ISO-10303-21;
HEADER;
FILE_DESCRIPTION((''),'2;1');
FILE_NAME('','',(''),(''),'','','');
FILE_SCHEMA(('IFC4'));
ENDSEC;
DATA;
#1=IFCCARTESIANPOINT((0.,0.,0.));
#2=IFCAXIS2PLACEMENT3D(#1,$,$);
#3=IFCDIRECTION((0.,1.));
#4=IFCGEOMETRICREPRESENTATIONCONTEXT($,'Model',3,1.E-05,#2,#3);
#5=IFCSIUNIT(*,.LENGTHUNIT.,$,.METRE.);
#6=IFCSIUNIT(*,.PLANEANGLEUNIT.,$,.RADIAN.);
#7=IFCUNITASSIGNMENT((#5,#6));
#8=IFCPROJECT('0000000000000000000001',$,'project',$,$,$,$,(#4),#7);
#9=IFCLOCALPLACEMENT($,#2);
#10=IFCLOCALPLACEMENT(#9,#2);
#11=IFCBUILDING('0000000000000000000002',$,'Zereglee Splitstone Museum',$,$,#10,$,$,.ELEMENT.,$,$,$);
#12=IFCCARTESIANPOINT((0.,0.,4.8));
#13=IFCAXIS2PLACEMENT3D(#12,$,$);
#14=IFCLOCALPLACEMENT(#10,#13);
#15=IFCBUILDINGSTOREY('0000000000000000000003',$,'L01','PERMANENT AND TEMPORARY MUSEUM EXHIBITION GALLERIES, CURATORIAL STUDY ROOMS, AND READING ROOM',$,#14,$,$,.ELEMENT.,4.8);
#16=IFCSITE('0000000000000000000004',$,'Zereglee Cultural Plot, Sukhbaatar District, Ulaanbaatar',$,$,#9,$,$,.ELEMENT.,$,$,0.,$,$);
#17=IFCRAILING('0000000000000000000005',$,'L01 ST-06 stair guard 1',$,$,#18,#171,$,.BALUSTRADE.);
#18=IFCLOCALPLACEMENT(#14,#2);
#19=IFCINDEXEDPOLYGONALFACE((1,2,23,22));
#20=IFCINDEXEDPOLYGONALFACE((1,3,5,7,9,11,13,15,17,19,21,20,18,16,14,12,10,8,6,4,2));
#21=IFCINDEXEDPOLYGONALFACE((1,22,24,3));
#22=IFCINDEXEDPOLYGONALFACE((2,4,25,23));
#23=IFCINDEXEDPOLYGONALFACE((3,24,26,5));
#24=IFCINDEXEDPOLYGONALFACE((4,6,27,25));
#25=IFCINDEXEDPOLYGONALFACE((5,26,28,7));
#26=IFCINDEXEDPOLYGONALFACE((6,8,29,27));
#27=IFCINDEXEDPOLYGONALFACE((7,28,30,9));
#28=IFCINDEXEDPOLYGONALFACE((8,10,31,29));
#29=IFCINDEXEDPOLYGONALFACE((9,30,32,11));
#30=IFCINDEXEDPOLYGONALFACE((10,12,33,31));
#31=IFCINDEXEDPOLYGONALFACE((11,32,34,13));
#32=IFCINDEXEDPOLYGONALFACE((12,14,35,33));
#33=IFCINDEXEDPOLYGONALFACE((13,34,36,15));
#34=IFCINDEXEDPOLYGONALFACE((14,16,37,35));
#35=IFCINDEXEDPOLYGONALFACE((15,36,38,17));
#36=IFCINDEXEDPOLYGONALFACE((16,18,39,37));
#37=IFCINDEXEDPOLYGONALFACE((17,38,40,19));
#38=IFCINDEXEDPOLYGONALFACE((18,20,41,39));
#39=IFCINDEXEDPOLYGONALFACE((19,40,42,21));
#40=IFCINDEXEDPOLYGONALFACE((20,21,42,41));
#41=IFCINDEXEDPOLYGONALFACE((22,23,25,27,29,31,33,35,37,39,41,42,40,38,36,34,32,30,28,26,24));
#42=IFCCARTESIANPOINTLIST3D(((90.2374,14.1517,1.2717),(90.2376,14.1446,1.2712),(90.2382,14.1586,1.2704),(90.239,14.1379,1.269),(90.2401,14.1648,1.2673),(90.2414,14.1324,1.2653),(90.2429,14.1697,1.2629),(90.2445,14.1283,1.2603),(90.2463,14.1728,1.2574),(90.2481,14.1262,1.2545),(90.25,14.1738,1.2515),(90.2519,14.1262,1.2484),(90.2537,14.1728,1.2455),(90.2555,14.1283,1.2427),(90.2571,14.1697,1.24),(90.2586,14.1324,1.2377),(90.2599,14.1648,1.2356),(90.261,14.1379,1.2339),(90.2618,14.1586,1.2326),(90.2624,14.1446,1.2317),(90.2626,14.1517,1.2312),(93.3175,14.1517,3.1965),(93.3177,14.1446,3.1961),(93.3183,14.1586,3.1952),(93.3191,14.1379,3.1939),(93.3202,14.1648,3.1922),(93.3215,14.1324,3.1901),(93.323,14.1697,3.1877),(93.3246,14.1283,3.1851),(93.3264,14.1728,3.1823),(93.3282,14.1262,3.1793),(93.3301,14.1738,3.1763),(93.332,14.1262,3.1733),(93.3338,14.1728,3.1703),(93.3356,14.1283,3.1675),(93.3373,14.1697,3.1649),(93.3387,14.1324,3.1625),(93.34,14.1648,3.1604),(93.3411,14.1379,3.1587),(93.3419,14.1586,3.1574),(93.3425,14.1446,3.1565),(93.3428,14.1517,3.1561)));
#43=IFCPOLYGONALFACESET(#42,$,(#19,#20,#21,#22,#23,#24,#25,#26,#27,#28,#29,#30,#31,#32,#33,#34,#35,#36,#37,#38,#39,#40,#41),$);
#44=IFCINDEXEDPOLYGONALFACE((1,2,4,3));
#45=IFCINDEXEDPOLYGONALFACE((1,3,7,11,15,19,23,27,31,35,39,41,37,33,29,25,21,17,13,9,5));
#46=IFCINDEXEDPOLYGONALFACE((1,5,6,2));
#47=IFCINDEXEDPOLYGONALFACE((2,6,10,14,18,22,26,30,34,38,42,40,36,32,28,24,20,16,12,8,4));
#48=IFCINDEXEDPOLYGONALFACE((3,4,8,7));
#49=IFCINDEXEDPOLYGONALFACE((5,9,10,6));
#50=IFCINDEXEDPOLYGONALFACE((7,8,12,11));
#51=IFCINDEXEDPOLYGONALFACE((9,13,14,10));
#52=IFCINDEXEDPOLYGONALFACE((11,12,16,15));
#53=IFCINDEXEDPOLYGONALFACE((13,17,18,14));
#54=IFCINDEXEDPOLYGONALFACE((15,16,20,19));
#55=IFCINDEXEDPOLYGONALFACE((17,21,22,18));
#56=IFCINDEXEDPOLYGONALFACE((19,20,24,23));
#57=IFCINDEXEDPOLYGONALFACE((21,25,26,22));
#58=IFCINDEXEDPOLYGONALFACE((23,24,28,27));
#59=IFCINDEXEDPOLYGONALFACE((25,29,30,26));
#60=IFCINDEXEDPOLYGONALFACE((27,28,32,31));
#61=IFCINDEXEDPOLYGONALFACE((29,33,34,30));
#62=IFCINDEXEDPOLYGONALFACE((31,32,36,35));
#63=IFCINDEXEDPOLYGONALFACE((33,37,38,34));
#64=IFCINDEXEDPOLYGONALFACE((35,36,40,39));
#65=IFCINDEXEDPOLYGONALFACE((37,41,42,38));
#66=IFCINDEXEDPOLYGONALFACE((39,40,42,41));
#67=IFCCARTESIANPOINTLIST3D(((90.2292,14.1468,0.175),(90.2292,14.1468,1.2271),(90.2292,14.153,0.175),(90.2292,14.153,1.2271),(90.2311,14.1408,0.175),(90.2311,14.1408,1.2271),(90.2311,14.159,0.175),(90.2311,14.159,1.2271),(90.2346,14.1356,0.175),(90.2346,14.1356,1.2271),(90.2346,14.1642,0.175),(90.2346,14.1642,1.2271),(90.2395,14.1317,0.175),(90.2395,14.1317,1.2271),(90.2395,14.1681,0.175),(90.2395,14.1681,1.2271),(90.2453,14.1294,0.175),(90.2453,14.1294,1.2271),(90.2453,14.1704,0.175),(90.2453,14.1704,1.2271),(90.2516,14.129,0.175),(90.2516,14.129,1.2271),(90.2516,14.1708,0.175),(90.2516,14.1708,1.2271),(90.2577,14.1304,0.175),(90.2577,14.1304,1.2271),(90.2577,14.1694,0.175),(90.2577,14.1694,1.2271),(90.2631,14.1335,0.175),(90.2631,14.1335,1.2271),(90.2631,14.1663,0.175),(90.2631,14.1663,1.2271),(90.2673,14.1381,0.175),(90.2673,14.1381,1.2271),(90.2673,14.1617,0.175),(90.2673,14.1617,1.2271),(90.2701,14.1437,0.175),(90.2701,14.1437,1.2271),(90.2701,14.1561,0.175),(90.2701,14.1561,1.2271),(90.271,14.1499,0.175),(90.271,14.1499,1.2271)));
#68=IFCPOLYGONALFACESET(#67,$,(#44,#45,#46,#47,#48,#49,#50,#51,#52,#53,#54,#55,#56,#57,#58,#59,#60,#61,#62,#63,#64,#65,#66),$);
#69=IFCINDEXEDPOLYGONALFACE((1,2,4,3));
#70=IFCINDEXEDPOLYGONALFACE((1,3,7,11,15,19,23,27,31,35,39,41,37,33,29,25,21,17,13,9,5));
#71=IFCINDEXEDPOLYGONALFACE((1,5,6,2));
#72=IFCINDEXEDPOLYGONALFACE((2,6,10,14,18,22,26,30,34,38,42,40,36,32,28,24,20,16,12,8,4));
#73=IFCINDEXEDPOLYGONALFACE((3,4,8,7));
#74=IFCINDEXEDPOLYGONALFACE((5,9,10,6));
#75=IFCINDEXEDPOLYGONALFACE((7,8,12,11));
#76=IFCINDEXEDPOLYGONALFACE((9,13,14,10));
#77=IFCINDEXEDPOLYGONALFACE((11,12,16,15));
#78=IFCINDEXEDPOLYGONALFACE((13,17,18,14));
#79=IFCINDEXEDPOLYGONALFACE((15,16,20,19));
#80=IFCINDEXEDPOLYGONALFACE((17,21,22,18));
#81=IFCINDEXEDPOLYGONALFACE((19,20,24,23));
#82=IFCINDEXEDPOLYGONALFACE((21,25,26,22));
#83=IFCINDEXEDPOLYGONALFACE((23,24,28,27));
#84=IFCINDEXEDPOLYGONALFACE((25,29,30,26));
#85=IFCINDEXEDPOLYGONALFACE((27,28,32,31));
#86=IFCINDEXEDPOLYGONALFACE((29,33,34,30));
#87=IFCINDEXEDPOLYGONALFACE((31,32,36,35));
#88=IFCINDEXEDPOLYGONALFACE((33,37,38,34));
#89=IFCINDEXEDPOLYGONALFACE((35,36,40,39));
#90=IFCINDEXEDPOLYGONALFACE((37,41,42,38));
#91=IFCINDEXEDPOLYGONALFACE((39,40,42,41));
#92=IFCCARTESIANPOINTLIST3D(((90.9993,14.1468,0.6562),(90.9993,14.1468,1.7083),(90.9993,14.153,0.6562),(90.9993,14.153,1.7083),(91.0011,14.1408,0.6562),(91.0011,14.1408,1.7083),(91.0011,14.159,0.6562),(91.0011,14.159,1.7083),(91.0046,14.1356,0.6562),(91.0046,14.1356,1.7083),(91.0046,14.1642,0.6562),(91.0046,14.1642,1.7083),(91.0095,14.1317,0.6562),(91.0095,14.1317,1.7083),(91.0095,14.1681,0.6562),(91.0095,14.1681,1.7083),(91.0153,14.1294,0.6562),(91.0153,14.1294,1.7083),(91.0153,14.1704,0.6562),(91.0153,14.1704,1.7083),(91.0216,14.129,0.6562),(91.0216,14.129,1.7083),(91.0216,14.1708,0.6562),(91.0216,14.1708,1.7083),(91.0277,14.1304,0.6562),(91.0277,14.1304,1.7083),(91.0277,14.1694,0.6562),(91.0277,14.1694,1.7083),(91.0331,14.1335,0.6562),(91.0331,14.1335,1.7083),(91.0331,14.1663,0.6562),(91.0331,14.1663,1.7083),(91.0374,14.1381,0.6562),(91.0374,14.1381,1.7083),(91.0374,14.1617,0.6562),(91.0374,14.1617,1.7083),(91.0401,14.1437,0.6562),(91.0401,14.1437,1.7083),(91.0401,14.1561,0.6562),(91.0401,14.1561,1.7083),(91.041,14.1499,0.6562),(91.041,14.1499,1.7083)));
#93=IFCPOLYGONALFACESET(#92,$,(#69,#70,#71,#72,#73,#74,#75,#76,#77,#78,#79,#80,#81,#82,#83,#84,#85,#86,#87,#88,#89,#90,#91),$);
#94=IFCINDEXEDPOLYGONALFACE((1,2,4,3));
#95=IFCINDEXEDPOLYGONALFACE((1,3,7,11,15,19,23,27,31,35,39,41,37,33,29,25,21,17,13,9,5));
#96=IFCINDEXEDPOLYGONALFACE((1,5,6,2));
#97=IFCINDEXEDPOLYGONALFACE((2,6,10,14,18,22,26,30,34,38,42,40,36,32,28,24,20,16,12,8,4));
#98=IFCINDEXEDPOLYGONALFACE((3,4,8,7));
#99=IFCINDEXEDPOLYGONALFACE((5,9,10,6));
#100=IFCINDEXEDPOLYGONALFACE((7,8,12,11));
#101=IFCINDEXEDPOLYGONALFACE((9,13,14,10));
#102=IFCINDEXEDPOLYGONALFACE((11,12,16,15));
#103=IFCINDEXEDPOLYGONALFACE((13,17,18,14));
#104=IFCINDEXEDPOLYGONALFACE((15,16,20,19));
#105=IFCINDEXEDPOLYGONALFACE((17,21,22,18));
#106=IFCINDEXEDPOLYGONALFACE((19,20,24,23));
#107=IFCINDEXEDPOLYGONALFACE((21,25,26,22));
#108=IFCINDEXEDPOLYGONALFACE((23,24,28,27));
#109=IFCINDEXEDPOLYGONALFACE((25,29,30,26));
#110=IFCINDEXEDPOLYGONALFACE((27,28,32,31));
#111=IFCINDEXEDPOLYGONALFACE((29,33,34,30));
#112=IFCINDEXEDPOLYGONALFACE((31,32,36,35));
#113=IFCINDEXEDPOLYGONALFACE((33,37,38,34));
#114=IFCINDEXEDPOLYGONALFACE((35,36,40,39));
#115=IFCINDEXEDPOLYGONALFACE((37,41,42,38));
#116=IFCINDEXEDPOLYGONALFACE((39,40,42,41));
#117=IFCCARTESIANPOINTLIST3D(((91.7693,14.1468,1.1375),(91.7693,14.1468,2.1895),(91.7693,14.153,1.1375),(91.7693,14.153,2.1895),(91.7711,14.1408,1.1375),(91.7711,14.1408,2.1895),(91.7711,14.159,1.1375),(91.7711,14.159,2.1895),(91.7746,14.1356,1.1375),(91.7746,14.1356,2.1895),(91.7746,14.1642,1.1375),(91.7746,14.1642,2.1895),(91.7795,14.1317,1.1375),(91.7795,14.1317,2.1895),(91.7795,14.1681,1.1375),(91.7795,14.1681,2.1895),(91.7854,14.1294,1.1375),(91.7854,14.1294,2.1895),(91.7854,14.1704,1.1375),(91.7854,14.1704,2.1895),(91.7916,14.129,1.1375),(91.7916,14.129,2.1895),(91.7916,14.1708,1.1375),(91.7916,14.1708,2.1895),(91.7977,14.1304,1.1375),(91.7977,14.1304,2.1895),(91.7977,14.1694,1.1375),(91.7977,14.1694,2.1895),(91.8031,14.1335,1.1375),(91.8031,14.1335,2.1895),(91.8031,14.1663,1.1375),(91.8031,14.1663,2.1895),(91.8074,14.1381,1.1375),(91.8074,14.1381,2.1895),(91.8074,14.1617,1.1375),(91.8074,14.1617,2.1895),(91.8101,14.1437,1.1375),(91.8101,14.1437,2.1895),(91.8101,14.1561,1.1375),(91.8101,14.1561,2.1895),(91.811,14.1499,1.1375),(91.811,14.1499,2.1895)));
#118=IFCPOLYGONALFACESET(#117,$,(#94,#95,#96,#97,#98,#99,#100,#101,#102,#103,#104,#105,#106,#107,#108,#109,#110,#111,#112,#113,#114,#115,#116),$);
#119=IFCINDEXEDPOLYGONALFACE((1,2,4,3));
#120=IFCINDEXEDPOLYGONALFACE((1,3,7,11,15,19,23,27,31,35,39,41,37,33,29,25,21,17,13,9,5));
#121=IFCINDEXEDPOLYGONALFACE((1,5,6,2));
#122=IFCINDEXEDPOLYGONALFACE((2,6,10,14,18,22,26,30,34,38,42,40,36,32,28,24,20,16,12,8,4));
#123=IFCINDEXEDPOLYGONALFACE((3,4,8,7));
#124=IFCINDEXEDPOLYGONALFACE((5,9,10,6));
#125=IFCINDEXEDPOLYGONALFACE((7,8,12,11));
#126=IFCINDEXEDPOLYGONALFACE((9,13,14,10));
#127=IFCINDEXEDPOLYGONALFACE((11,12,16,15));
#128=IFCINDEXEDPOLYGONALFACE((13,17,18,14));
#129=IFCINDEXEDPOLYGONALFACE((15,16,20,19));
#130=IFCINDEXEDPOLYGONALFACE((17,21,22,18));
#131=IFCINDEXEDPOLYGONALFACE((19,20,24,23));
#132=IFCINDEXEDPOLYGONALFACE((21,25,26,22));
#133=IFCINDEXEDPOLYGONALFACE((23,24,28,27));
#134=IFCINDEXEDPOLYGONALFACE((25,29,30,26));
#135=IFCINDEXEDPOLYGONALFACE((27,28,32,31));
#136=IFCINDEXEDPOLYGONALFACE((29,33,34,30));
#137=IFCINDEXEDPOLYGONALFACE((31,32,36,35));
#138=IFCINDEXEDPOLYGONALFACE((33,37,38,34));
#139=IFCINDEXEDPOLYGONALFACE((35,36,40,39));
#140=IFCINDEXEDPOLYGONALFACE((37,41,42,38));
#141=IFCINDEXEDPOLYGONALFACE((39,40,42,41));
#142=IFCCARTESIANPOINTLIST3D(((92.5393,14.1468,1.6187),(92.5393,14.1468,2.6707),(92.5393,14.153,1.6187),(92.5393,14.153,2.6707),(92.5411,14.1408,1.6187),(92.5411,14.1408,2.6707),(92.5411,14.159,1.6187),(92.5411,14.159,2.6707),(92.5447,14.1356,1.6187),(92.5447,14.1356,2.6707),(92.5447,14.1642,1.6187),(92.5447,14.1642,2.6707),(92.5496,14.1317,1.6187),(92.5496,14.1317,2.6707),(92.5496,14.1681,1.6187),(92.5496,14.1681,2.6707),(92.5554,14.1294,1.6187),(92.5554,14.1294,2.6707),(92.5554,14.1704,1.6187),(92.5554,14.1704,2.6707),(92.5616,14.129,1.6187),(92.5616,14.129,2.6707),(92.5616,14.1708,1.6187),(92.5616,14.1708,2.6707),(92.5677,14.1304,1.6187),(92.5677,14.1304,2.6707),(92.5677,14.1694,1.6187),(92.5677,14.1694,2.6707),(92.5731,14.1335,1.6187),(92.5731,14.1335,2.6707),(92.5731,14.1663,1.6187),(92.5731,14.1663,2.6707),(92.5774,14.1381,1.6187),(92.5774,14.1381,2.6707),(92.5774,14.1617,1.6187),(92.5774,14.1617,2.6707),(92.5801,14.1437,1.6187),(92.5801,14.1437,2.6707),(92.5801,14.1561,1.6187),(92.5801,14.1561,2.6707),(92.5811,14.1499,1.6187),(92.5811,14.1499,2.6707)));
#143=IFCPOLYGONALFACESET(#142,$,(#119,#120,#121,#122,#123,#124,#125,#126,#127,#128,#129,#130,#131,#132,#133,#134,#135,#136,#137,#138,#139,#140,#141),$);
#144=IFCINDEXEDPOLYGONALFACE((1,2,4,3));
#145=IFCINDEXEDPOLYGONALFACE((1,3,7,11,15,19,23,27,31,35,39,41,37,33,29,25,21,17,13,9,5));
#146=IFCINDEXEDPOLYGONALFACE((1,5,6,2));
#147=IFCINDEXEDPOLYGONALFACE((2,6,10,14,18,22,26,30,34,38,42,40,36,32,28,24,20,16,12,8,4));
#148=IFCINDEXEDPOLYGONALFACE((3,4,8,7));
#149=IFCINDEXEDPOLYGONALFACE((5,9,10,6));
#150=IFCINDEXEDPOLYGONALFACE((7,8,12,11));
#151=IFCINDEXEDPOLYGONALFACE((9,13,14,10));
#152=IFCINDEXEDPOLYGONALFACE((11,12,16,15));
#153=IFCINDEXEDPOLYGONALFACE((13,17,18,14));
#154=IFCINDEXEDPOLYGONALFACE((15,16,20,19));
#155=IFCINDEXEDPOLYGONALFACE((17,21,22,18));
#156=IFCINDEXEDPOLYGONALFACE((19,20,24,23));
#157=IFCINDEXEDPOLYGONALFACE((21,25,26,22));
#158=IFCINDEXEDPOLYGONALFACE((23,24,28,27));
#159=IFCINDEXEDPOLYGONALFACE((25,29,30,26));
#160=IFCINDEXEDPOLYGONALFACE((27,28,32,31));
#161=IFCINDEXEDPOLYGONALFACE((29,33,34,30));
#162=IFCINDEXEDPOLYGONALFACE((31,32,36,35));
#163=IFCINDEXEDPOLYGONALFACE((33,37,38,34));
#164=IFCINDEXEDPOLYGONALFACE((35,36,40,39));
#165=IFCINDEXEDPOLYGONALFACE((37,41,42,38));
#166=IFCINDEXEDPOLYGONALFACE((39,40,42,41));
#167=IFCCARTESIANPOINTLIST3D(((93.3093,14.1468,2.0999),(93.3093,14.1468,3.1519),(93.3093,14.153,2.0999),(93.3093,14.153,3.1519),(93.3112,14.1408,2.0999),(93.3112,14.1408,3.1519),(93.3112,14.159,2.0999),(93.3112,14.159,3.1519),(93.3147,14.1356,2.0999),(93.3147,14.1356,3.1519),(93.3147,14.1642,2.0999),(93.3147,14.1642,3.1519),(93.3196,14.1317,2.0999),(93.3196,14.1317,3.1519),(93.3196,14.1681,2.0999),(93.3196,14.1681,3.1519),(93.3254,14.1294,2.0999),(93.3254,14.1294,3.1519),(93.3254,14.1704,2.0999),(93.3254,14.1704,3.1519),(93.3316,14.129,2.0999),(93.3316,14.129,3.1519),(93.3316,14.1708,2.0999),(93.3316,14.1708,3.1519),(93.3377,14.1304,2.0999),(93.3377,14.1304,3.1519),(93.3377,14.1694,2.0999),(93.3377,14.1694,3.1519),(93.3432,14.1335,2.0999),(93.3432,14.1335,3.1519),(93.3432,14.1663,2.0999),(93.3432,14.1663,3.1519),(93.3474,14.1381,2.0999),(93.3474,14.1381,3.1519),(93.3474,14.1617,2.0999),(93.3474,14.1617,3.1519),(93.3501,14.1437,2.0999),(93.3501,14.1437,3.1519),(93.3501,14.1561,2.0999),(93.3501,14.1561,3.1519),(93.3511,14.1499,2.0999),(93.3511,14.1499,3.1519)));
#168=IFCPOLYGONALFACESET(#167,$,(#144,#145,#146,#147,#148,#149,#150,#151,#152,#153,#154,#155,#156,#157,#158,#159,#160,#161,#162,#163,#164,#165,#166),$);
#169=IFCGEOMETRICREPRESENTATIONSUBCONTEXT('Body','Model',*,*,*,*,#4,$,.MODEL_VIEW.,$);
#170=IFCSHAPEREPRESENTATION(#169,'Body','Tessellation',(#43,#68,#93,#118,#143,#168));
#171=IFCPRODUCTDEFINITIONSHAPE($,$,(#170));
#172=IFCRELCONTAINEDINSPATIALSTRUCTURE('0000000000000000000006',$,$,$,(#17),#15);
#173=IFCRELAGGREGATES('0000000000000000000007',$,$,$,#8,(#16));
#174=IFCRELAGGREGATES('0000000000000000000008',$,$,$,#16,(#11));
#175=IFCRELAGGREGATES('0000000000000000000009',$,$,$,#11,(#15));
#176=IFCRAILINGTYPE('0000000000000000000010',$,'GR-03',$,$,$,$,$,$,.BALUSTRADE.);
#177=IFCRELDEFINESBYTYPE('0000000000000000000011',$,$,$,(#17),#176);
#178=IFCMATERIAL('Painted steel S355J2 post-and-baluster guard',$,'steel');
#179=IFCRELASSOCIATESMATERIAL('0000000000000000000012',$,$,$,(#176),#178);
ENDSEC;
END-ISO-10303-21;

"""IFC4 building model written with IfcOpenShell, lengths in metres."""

from ifc_helpers import new_model, si_unit, direction, frame, origin, origin_2d, place, context, subcontext, project, spatial, circle, extrude, material, type_object, element, save


model = new_model("IFC4")

# Units and contexts
model_context = context("Model", 3, precision=1e-05, world=origin(), true_north=direction((0.0, 1.0)))
body_context = subcontext(model_context, "Body", "Model", "MODEL_VIEW")
ifc_project = project(units=[si_unit("LENGTHUNIT", "METRE"), si_unit("PLANEANGLEUNIT", "RADIAN")], contexts=[model_context])

# Site, building, storey
site_placement = place(None, origin())
site = spatial("IfcSite", under=ifc_project, at=site_placement, Name="Zereglee Cultural Plot, Sukhbaatar District, Ulaanbaatar", CompositionType="ELEMENT", RefElevation=0.0)
building_placement = place(site_placement, origin())
building = spatial("IfcBuilding", under=site, at=building_placement, Name="Zereglee Splitstone Museum", CompositionType="ELEMENT")
storey_placement = place(building_placement, frame((0.0, 0.0, 4.8)))
storey = spatial("IfcBuildingStorey", under=building, at=storey_placement, Name="L01", Description="PERMANENT AND TEMPORARY MUSEUM EXHIBITION GALLERIES, CURATORIAL STUDY ROOMS, AND READING ROOM", CompositionType="ELEMENT", Elevation=4.8)

# Railing
ifc_material_1 = material(Name="Painted steel S355J2 post-and-baluster guard", Category="steel")
railing_type_1 = type_object("IfcRailingType", Name="GR-03", PredefinedType="BALUSTRADE", material=ifc_material_1)
railing_1_placement = place(storey_placement, frame((90.25, 14.1499, 0.175)))
element("IfcRailing", 1, at=railing_1_placement, inside=storey, type_object=railing_type_1, Name="L01 ST-06 stair guard 1", PredefinedType="BALUSTRADE", context=body_context, shape_type="SweptSolid", body=[
    extrude(circle(Radius=0.0239, at=origin_2d()), frame((0.0, 0.0, 1.0764), z_axis=(0.848029, 0.0, 0.529951), x_axis=(0.0, 1.0, 0.0)), (0.0, 0.0, 1.0), 3.6321),
    extrude(circle(Radius=0.021, at=origin_2d()), origin(), (0.0, 0.0, 1.0), 1.052),
    extrude(circle(Radius=0.021, at=origin_2d()), frame((0.77, 0.0, 0.4812)), (0.0, 0.0, 1.0), 1.052),
    extrude(circle(Radius=0.021, at=origin_2d()), frame((1.54, 0.0, 0.9624)), (0.0, 0.0, 1.0), 1.052),
    extrude(circle(Radius=0.021, at=origin_2d()), frame((2.3101, 0.0, 1.4436)), (0.0, 0.0, 1.0), 1.052),
    extrude(circle(Radius=0.021, at=origin_2d()), frame((3.0801, 0.0, 1.9248)), (0.0, 0.0, 1.0), 1.052),
])

save(model, "model.ifc")
